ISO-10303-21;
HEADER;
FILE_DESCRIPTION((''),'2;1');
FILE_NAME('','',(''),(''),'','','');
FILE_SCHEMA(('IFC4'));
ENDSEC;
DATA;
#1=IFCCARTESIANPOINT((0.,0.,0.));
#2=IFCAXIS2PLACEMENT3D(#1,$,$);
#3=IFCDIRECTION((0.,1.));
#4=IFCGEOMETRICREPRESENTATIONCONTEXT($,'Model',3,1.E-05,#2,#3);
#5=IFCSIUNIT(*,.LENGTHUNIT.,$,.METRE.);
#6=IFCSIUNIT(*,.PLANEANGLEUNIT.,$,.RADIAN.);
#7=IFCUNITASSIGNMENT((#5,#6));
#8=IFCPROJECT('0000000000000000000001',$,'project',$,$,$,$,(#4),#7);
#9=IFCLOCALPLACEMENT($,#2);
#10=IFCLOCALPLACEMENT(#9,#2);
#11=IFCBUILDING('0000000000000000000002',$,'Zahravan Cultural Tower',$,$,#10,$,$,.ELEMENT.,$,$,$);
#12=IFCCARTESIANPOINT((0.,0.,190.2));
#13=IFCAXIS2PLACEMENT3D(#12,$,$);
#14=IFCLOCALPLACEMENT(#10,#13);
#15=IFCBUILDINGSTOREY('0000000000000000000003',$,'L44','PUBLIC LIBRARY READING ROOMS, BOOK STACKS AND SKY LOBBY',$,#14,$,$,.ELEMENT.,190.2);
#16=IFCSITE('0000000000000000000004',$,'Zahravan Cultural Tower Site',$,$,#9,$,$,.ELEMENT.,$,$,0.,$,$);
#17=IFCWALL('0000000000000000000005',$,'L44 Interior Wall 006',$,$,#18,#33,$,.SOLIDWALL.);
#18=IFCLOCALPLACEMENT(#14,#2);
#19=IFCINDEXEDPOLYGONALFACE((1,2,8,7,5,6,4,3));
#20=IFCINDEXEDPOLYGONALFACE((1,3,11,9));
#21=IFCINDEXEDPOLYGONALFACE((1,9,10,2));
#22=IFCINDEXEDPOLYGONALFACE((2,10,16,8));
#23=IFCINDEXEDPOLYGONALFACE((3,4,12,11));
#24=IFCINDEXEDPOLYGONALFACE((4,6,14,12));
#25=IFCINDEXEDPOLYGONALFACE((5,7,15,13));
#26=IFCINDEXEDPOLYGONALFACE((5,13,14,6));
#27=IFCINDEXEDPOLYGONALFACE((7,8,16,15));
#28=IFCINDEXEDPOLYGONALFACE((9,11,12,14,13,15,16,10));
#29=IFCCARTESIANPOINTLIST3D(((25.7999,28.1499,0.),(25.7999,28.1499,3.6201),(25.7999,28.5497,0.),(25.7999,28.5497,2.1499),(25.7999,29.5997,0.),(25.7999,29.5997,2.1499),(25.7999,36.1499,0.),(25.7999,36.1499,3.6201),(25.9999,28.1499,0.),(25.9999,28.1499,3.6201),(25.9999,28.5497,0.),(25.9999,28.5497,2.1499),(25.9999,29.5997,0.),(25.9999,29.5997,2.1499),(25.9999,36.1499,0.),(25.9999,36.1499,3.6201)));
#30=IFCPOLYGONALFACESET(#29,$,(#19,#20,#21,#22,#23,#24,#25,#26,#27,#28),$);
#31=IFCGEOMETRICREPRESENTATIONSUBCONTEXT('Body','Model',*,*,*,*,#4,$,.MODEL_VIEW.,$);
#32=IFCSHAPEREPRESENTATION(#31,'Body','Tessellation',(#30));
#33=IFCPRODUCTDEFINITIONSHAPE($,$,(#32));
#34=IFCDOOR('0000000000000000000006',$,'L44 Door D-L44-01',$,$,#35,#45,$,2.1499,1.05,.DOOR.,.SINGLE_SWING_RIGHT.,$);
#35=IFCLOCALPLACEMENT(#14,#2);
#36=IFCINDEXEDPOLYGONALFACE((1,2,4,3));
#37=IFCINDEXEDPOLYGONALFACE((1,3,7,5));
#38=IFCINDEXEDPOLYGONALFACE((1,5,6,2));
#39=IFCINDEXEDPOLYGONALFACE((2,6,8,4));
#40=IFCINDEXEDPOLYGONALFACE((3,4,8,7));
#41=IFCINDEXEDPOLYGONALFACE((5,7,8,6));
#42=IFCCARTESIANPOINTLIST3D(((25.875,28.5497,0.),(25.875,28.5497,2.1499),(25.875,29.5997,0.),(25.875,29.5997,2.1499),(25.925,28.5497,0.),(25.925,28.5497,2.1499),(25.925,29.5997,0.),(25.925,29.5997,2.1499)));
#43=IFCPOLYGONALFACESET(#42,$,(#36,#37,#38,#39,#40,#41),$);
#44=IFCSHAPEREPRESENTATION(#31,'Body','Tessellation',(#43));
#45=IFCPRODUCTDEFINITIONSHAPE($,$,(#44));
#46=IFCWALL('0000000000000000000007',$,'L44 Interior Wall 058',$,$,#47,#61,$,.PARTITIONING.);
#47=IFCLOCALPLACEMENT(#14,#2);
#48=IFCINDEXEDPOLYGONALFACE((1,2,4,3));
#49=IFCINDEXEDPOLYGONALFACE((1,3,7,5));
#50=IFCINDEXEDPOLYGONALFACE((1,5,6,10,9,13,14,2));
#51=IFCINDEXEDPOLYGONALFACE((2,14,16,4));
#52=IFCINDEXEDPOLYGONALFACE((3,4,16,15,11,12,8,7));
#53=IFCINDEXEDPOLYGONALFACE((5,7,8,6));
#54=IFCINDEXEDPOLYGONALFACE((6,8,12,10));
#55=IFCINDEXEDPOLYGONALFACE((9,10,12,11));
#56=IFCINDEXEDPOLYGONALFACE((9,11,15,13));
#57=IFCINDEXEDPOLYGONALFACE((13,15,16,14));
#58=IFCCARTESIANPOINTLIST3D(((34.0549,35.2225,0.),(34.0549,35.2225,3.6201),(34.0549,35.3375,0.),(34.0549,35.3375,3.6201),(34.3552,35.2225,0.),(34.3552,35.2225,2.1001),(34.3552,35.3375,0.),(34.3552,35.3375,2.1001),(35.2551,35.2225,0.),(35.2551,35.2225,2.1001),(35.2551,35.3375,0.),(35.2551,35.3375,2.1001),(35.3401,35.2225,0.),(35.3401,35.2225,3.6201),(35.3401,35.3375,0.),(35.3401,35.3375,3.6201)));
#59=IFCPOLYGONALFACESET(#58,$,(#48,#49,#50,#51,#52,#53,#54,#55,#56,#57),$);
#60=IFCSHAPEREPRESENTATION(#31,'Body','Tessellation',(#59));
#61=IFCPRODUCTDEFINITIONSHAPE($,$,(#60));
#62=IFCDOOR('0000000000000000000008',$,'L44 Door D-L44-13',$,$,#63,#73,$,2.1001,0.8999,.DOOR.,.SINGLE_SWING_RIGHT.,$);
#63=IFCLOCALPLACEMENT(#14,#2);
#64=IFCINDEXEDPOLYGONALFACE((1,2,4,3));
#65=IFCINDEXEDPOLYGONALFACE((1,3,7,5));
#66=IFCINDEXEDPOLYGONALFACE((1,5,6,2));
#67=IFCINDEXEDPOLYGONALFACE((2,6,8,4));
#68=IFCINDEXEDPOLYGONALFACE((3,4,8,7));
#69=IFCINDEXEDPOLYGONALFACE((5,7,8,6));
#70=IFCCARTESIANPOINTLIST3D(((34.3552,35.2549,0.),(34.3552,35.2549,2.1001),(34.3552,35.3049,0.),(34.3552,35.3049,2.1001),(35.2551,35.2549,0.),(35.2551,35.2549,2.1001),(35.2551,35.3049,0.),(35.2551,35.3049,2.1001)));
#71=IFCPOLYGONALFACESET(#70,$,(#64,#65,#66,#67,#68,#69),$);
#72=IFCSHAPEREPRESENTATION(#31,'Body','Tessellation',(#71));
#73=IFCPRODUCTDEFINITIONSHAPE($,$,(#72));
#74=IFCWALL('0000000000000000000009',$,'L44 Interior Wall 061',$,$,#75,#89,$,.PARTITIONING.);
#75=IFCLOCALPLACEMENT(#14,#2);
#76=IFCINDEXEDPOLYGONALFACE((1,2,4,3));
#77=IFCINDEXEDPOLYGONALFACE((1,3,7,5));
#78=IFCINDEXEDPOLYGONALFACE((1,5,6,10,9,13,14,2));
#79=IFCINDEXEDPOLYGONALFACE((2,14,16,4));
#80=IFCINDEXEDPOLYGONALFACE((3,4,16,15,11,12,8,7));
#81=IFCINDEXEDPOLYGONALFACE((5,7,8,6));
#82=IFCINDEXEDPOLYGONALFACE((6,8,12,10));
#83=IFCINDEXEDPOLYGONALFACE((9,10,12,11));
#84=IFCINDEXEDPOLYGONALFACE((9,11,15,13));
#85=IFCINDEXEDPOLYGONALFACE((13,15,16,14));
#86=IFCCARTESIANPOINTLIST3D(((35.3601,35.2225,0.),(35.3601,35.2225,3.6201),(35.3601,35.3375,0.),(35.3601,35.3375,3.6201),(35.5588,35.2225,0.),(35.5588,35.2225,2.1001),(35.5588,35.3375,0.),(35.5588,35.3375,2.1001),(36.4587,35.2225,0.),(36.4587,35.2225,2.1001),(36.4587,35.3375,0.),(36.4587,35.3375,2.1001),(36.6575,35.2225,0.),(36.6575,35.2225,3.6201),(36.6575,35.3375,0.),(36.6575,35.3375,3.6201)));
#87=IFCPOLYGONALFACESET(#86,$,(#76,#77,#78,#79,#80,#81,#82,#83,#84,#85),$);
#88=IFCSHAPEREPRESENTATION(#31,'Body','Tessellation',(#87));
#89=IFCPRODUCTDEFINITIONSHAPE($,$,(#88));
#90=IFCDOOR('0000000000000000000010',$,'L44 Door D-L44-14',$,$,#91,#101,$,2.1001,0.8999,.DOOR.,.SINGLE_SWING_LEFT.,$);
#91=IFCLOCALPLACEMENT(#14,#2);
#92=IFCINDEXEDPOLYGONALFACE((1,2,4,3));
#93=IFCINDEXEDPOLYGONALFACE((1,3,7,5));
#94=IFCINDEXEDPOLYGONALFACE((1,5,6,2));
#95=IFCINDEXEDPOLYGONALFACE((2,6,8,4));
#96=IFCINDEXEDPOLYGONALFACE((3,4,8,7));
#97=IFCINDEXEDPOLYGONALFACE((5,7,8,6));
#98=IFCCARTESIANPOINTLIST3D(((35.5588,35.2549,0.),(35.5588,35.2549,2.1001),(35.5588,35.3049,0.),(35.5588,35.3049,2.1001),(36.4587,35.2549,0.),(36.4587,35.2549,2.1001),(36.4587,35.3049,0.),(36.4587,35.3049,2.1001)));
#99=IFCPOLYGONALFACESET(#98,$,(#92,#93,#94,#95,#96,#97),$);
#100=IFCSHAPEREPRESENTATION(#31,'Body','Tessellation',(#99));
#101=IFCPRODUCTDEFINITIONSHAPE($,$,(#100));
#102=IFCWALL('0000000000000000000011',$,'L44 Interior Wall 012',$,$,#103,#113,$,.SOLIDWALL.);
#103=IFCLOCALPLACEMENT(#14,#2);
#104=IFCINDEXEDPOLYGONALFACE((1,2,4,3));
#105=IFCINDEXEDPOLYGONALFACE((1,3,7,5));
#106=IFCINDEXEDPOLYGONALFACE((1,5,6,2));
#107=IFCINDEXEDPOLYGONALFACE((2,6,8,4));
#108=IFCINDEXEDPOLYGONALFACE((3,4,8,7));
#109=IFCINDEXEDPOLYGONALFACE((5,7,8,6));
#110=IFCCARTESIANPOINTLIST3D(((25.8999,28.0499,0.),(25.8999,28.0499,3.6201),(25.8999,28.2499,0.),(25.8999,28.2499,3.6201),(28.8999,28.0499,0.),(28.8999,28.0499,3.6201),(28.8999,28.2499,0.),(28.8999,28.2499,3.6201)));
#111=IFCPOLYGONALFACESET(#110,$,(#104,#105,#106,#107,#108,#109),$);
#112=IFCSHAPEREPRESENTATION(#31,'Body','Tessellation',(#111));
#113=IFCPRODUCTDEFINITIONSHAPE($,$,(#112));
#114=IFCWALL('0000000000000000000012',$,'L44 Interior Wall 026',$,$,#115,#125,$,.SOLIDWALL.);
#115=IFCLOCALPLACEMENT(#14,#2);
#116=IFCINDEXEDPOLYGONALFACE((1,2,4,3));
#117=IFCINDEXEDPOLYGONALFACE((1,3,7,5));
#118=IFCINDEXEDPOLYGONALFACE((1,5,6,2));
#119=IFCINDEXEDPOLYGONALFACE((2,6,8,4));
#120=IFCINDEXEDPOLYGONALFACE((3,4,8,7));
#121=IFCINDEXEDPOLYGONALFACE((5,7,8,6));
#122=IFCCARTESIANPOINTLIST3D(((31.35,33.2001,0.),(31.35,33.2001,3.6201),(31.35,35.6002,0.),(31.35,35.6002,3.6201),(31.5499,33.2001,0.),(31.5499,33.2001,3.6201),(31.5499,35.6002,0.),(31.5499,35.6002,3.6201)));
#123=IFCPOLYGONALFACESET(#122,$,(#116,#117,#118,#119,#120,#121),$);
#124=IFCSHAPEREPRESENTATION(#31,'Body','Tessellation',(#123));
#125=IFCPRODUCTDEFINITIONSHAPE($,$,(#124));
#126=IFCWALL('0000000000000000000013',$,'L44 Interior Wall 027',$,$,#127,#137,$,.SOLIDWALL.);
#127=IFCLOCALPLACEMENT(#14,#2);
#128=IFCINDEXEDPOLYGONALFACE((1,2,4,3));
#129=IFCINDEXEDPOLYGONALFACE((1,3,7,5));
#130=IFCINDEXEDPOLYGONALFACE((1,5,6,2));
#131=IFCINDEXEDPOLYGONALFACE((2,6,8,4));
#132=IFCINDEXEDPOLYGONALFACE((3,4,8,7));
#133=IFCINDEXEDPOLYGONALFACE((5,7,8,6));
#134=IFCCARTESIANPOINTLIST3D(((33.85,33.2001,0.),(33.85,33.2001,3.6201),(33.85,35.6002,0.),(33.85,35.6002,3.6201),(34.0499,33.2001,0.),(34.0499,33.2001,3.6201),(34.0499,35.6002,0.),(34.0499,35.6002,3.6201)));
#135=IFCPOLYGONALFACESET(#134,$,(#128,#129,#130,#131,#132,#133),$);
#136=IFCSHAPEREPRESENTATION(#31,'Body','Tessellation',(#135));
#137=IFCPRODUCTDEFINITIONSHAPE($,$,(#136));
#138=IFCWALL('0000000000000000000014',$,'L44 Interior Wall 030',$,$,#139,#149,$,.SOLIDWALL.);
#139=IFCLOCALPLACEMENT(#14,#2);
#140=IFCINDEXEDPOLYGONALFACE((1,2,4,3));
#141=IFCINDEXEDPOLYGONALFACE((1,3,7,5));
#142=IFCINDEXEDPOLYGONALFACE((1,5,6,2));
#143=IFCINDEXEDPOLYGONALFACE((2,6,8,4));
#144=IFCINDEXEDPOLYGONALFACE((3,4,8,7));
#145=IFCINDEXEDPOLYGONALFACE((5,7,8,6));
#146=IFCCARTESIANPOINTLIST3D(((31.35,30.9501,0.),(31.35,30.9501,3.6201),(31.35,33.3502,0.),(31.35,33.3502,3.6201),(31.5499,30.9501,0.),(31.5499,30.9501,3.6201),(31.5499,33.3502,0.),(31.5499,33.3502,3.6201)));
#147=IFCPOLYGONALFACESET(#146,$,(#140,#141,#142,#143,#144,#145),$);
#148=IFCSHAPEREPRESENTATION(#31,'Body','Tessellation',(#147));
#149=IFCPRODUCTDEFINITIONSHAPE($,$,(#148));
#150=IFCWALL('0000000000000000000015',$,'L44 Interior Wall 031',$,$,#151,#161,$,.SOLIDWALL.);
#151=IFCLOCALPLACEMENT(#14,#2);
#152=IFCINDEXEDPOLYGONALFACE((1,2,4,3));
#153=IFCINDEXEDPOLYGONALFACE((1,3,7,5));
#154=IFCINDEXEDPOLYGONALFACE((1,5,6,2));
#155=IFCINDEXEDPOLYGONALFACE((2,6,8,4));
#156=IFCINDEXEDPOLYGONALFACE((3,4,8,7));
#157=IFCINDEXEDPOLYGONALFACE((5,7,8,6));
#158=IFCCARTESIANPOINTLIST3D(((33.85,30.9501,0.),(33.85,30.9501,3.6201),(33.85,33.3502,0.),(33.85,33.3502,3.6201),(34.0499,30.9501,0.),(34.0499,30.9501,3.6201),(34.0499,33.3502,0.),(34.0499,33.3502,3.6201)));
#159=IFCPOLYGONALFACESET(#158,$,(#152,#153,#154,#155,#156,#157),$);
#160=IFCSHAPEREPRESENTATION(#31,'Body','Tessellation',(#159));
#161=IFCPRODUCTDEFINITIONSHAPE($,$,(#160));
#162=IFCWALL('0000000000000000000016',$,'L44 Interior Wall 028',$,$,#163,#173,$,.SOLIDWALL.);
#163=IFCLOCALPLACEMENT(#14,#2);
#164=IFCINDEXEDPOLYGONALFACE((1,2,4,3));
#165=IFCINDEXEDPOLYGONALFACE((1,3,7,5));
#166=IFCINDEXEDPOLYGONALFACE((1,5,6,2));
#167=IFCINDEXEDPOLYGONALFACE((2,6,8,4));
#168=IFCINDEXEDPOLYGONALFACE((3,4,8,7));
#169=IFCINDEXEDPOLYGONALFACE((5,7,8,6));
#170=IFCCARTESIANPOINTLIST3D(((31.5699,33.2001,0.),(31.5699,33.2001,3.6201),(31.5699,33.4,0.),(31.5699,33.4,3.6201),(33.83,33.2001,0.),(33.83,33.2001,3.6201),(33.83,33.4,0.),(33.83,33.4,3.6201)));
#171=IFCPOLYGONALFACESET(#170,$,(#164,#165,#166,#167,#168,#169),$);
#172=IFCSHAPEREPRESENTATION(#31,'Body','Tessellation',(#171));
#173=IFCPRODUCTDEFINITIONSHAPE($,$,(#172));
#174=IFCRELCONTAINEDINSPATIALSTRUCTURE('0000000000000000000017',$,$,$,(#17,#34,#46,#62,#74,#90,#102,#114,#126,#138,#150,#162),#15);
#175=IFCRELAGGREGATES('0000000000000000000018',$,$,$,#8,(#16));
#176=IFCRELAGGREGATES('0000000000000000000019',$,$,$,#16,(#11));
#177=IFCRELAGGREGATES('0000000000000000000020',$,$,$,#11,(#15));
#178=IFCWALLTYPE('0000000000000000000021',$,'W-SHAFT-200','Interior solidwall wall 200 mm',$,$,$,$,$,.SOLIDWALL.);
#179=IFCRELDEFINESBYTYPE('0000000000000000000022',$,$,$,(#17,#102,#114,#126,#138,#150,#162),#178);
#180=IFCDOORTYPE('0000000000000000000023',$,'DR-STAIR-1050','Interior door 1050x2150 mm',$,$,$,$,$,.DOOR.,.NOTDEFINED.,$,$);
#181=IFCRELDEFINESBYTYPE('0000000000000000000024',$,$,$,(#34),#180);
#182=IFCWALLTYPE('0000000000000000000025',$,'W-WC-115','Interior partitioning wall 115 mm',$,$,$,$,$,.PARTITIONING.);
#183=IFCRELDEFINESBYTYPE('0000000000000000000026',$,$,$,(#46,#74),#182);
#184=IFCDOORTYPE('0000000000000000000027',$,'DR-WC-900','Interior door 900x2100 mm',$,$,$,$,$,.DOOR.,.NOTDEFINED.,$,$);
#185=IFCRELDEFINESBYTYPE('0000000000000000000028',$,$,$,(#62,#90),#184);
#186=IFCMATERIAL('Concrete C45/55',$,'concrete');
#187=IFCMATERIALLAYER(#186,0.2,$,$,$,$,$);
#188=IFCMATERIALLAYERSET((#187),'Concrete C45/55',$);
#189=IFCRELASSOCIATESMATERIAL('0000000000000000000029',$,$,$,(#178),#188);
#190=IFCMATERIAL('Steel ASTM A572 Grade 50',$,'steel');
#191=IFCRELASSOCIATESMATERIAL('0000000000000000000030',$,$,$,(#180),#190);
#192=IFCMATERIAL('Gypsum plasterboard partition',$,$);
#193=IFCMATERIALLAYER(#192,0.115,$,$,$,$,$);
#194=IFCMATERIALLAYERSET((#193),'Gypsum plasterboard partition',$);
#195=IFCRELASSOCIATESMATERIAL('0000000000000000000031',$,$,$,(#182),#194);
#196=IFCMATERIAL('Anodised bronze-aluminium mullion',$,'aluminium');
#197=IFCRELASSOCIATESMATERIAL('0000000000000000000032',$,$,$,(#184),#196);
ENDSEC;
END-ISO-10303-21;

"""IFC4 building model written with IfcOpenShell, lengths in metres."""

from ifc_helpers import new_model, si_unit, direction, frame, frame_2d, origin, place, context, subcontext, project, spatial, rectangle, extrude, source, transform, mapped, material, layer, layer_set, type_object, element, fill, save


model = new_model("IFC4")

# Units and contexts
model_context = context("Model", 3, precision=1e-05, world=origin(), true_north=direction((0.0, 1.0)))
body_context = subcontext(model_context, "Body", "Model", "MODEL_VIEW")
ifc_project = project(units=[si_unit("LENGTHUNIT", "METRE"), si_unit("PLANEANGLEUNIT", "RADIAN")], contexts=[model_context])

# Site, building, storey
site_placement = place(None, origin())
site = spatial("IfcSite", under=ifc_project, at=site_placement, Name="Zahravan Cultural Tower Site", CompositionType="ELEMENT", RefElevation=0.0)
building_placement = place(site_placement, origin())
building = spatial("IfcBuilding", under=site, at=building_placement, Name="Zahravan Cultural Tower", CompositionType="ELEMENT")
storey_placement = place(building_placement, frame((0.0, 0.0, 190.2)))
storey = spatial("IfcBuildingStorey", under=building, at=storey_placement, Name="L44", Description="PUBLIC LIBRARY READING ROOMS, BOOK STACKS AND SKY LOBBY", CompositionType="ELEMENT", Elevation=190.2)

# Walls, openings, doors
ifc_material_1 = material(Name="Steel ASTM A572 Grade 50", Category="steel")
ifc_material_2 = material(Name="Gypsum plasterboard partition")
ifc_material_3 = material(Name="Anodised bronze-aluminium mullion", Category="aluminium")
ifc_material_4 = material(Name="Concrete C45/55", Category="concrete")
ifc_layer_1 = layer(ifc_material_4, 0.2)
ifc_layer_set_1 = layer_set([ifc_layer_1], Name="Concrete C45/55")
wall_type_1 = type_object("IfcWallType", Name="W-SHAFT-200", Description="Interior solidwall wall 200 mm", PredefinedType="SOLIDWALL", material=ifc_layer_set_1)
wall_1_placement = place(storey_placement, frame((25.8999, 28.1499, 0.0), z_axis=(0.0, 0.0, 1.0), x_axis=(0.0, 1.0, 0.0)))
wall_1 = element("IfcWall", 1, at=wall_1_placement, inside=storey, type_object=wall_type_1, Name="L44 Interior Wall 006", PredefinedType="SOLIDWALL", context=body_context, shape_type="SweptSolid", body=[
    extrude(rectangle(XDim=8.0, YDim=0.2, at=frame_2d((4.0, 0.0))), origin(), (0.0, 0.0, 1.0), 3.6201),
])
opening_1_placement = place(wall_1_placement, frame((0.3999, 0.0, 0.0)))
opening_1 = element("IfcOpeningElement", 2, at=opening_1_placement, cuts=wall_1, PredefinedType="OPENING", context=body_context, shape_type="SweptSolid", body=[
    extrude(rectangle(XDim=1.05, YDim=2.1499, at=frame_2d((0.5249, 1.075))), frame((0.0, 0.1099, 0.0), z_axis=(0.0, -1.0, 0.0), x_axis=(1.0, 0.0, 0.0)), (0.0, 0.0, 1.0), 0.22),
])
door_type_1 = type_object("IfcDoorType", Name="DR-STAIR-1050", Description="Interior door 1050x2150 mm", OperationType="NOTDEFINED", PredefinedType="DOOR", material=ifc_material_1)
shared_shape_1 = source(origin(), body_context, "Body", "SweptSolid", [
    extrude(rectangle(XDim=1.05, YDim=2.1499, at=frame_2d((0.5249, 1.075))), frame((0.0, 0.0249, 0.0), z_axis=(0.0, -1.0, 0.0), x_axis=(1.0, 0.0, 0.0)), (0.0, 0.0, 1.0), 0.05),
])
door_1_placement = place(opening_1_placement, origin())
door_1 = element("IfcDoor", 3, at=door_1_placement, inside=storey, type_object=door_type_1, Name="L44 Door D-L44-01", OperationType="SINGLE_SWING_RIGHT", OverallHeight=2.1499, OverallWidth=1.05, PredefinedType="DOOR", context=body_context, shape_type="MappedRepresentation", body=[
    mapped(shared_shape_1, transform((0.0, 0.0, 0.0), x_axis=(1.0, 0.0, 0.0), y_axis=(0.0, 1.0, 0.0), z_axis=(0.0, 0.0, 1.0), scale=1.0)),
])
fill(opening_1, door_1)
ifc_layer_2 = layer(ifc_material_2, 0.115)
ifc_layer_set_2 = layer_set([ifc_layer_2], Name="Gypsum plasterboard partition")
wall_type_2 = type_object("IfcWallType", Name="W-WC-115", Description="Interior partitioning wall 115 mm", PredefinedType="PARTITIONING", material=ifc_layer_set_2)
wall_2_placement = place(storey_placement, frame((34.0549, 35.28, 0.0), z_axis=(0.0, 0.0, 1.0), x_axis=(1.0, 0.0, 0.0)))
wall_2 = element("IfcWall", 4, at=wall_2_placement, inside=storey, type_object=wall_type_2, Name="L44 Interior Wall 058", PredefinedType="PARTITIONING", context=body_context, shape_type="SweptSolid", body=[
    extrude(rectangle(XDim=1.2852, YDim=0.115, at=frame_2d((0.6426, 0.0))), origin(), (0.0, 0.0, 1.0), 3.6201),
])
opening_2_placement = place(wall_2_placement, frame((0.3003, 0.0, 0.0)))
opening_2 = element("IfcOpeningElement", 5, at=opening_2_placement, cuts=wall_2, PredefinedType="OPENING", context=body_context, shape_type="SweptSolid", body=[
    extrude(rectangle(XDim=0.8999, YDim=2.1001, at=frame_2d((0.45, 1.05))), frame((0.0, 0.0674, 0.0), z_axis=(0.0, -1.0, 0.0), x_axis=(1.0, 0.0, 0.0)), (0.0, 0.0, 1.0), 0.135),
])
door_type_2 = type_object("IfcDoorType", Name="DR-WC-900", Description="Interior door 900x2100 mm", OperationType="NOTDEFINED", PredefinedType="DOOR", material=ifc_material_3)
shared_shape_2 = source(origin(), body_context, "Body", "SweptSolid", [
    extrude(rectangle(XDim=0.8999, YDim=2.1001, at=frame_2d((0.45, 1.05))), frame((0.0, 0.0249, 0.0), z_axis=(0.0, -1.0, 0.0), x_axis=(1.0, 0.0, 0.0)), (0.0, 0.0, 1.0), 0.05),
])
door_2_placement = place(opening_2_placement, origin())
door_2 = element("IfcDoor", 6, at=door_2_placement, inside=storey, type_object=door_type_2, Name="L44 Door D-L44-13", OperationType="SINGLE_SWING_RIGHT", OverallHeight=2.1001, OverallWidth=0.8999, PredefinedType="DOOR", context=body_context, shape_type="MappedRepresentation", body=[
    mapped(shared_shape_2, transform((0.0, 0.0, 0.0), x_axis=(1.0, 0.0, 0.0), y_axis=(0.0, 1.0, 0.0), z_axis=(0.0, 0.0, 1.0), scale=1.0)),
])
fill(opening_2, door_2)
wall_3_placement = place(storey_placement, frame((35.3601, 35.28, 0.0), z_axis=(0.0, 0.0, 1.0), x_axis=(1.0, 0.0, 0.0)))
wall_3 = element("IfcWall", 7, at=wall_3_placement, inside=storey, type_object=wall_type_2, Name="L44 Interior Wall 061", PredefinedType="PARTITIONING", context=body_context, shape_type="SweptSolid", body=[
    extrude(rectangle(XDim=1.2974, YDim=0.115, at=frame_2d((0.6487, 0.0))), origin(), (0.0, 0.0, 1.0), 3.6201),
])
opening_3_placement = place(wall_3_placement, frame((0.1987, 0.0, 0.0)))
opening_3 = element("IfcOpeningElement", 8, at=opening_3_placement, cuts=wall_3, PredefinedType="OPENING", context=body_context, shape_type="SweptSolid", body=[
    extrude(rectangle(XDim=0.8999, YDim=2.1001, at=frame_2d((0.45, 1.05))), frame((0.0, 0.0674, 0.0), z_axis=(0.0, -1.0, 0.0), x_axis=(1.0, 0.0, 0.0)), (0.0, 0.0, 1.0), 0.135),
])
door_3_placement = place(opening_3_placement, origin())
door_3 = element("IfcDoor", 9, at=door_3_placement, inside=storey, type_object=door_type_2, Name="L44 Door D-L44-14", OperationType="SINGLE_SWING_LEFT", OverallHeight=2.1001, OverallWidth=0.8999, PredefinedType="DOOR", context=body_context, shape_type="MappedRepresentation", body=[
    mapped(shared_shape_2, transform((0.0, 0.0, 0.0), x_axis=(1.0, 0.0, 0.0), y_axis=(0.0, 1.0, 0.0), z_axis=(0.0, 0.0, 1.0), scale=1.0)),
])
fill(opening_3, door_3)

# Walls
shared_shape_3 = source(origin(), body_context, "Body", "SweptSolid", [
    extrude(rectangle(XDim=3.0, YDim=0.2, at=frame_2d((1.5, 0.0))), origin(), (0.0, 0.0, 1.0), 3.6201),
])
wall_4_placement = place(storey_placement, frame((25.8999, 28.1499, 0.0), z_axis=(0.0, 0.0, 1.0), x_axis=(1.0, 0.0, 0.0)))
element("IfcWall", 10, at=wall_4_placement, inside=storey, type_object=wall_type_1, Name="L44 Interior Wall 012", PredefinedType="SOLIDWALL", context=body_context, shape_type="MappedRepresentation", body=[
    mapped(shared_shape_3, transform((0.0, 0.0, 0.0), x_axis=(1.0, 0.0, 0.0), y_axis=(0.0, 1.0, 0.0), z_axis=(0.0, 0.0, 1.0), scale=1.0)),
])
shared_shape_4 = source(origin(), body_context, "Body", "SweptSolid", [
    extrude(rectangle(XDim=2.4001, YDim=0.2, at=frame_2d((1.2002, 0.0))), origin(), (0.0, 0.0, 1.0), 3.6201),
])
for number, where, z_axis, x_axis, name in (
    (11, (31.45, 33.2, 0.0), (0.0, 0.0, 1.0), (0.0, 1.0, 0.0), "L44 Interior Wall 026"),
    (12, (33.95, 33.2, 0.0), (0.0, 0.0, 1.0), (0.0, 1.0, 0.0), "L44 Interior Wall 027"),
    (13, (31.45, 30.95, 0.0), (0.0, 0.0, 1.0), (0.0, 1.0, 0.0), "L44 Interior Wall 030"),
    (14, (33.95, 30.95, 0.0), (0.0, 0.0, 1.0), (0.0, 1.0, 0.0), "L44 Interior Wall 031"),
):
    element("IfcWall", number, at=place(storey_placement, frame(where, z_axis=z_axis, x_axis=x_axis)), inside=storey, type_object=wall_type_1, Name=name, PredefinedType="SOLIDWALL", context=body_context, shape_type="MappedRepresentation", body=[
        mapped(shared_shape_4, transform((0.0, 0.0, 0.0), x_axis=(1.0, 0.0, 0.0), y_axis=(0.0, 1.0, 0.0), z_axis=(0.0, 0.0, 1.0), scale=1.0)),
    ])
shared_shape_5 = source(origin(), body_context, "Body", "SweptSolid", [
    extrude(rectangle(XDim=2.26, YDim=0.2, at=frame_2d((1.1299, 0.0))), origin(), (0.0, 0.0, 1.0), 3.6201),
])
for number, where, z_axis, x_axis, name in (
    (15, (31.5701, 33.3, 0.0), (0.0, 0.0, 1.0), (1.0, 0.0, 0.0), "L44 Interior Wall 028"),
):
    element("IfcWall", number, at=place(storey_placement, frame(where, z_axis=z_axis, x_axis=x_axis)), inside=storey, type_object=wall_type_1, Name=name, PredefinedType="SOLIDWALL", context=body_context, shape_type="MappedRepresentation", body=[
        mapped(shared_shape_5, transform((0.0, 0.0, 0.0), x_axis=(1.0, 0.0, 0.0), y_axis=(0.0, 1.0, 0.0), z_axis=(0.0, 0.0, 1.0), scale=1.0)),
    ])

save(model, "model.ifc")
